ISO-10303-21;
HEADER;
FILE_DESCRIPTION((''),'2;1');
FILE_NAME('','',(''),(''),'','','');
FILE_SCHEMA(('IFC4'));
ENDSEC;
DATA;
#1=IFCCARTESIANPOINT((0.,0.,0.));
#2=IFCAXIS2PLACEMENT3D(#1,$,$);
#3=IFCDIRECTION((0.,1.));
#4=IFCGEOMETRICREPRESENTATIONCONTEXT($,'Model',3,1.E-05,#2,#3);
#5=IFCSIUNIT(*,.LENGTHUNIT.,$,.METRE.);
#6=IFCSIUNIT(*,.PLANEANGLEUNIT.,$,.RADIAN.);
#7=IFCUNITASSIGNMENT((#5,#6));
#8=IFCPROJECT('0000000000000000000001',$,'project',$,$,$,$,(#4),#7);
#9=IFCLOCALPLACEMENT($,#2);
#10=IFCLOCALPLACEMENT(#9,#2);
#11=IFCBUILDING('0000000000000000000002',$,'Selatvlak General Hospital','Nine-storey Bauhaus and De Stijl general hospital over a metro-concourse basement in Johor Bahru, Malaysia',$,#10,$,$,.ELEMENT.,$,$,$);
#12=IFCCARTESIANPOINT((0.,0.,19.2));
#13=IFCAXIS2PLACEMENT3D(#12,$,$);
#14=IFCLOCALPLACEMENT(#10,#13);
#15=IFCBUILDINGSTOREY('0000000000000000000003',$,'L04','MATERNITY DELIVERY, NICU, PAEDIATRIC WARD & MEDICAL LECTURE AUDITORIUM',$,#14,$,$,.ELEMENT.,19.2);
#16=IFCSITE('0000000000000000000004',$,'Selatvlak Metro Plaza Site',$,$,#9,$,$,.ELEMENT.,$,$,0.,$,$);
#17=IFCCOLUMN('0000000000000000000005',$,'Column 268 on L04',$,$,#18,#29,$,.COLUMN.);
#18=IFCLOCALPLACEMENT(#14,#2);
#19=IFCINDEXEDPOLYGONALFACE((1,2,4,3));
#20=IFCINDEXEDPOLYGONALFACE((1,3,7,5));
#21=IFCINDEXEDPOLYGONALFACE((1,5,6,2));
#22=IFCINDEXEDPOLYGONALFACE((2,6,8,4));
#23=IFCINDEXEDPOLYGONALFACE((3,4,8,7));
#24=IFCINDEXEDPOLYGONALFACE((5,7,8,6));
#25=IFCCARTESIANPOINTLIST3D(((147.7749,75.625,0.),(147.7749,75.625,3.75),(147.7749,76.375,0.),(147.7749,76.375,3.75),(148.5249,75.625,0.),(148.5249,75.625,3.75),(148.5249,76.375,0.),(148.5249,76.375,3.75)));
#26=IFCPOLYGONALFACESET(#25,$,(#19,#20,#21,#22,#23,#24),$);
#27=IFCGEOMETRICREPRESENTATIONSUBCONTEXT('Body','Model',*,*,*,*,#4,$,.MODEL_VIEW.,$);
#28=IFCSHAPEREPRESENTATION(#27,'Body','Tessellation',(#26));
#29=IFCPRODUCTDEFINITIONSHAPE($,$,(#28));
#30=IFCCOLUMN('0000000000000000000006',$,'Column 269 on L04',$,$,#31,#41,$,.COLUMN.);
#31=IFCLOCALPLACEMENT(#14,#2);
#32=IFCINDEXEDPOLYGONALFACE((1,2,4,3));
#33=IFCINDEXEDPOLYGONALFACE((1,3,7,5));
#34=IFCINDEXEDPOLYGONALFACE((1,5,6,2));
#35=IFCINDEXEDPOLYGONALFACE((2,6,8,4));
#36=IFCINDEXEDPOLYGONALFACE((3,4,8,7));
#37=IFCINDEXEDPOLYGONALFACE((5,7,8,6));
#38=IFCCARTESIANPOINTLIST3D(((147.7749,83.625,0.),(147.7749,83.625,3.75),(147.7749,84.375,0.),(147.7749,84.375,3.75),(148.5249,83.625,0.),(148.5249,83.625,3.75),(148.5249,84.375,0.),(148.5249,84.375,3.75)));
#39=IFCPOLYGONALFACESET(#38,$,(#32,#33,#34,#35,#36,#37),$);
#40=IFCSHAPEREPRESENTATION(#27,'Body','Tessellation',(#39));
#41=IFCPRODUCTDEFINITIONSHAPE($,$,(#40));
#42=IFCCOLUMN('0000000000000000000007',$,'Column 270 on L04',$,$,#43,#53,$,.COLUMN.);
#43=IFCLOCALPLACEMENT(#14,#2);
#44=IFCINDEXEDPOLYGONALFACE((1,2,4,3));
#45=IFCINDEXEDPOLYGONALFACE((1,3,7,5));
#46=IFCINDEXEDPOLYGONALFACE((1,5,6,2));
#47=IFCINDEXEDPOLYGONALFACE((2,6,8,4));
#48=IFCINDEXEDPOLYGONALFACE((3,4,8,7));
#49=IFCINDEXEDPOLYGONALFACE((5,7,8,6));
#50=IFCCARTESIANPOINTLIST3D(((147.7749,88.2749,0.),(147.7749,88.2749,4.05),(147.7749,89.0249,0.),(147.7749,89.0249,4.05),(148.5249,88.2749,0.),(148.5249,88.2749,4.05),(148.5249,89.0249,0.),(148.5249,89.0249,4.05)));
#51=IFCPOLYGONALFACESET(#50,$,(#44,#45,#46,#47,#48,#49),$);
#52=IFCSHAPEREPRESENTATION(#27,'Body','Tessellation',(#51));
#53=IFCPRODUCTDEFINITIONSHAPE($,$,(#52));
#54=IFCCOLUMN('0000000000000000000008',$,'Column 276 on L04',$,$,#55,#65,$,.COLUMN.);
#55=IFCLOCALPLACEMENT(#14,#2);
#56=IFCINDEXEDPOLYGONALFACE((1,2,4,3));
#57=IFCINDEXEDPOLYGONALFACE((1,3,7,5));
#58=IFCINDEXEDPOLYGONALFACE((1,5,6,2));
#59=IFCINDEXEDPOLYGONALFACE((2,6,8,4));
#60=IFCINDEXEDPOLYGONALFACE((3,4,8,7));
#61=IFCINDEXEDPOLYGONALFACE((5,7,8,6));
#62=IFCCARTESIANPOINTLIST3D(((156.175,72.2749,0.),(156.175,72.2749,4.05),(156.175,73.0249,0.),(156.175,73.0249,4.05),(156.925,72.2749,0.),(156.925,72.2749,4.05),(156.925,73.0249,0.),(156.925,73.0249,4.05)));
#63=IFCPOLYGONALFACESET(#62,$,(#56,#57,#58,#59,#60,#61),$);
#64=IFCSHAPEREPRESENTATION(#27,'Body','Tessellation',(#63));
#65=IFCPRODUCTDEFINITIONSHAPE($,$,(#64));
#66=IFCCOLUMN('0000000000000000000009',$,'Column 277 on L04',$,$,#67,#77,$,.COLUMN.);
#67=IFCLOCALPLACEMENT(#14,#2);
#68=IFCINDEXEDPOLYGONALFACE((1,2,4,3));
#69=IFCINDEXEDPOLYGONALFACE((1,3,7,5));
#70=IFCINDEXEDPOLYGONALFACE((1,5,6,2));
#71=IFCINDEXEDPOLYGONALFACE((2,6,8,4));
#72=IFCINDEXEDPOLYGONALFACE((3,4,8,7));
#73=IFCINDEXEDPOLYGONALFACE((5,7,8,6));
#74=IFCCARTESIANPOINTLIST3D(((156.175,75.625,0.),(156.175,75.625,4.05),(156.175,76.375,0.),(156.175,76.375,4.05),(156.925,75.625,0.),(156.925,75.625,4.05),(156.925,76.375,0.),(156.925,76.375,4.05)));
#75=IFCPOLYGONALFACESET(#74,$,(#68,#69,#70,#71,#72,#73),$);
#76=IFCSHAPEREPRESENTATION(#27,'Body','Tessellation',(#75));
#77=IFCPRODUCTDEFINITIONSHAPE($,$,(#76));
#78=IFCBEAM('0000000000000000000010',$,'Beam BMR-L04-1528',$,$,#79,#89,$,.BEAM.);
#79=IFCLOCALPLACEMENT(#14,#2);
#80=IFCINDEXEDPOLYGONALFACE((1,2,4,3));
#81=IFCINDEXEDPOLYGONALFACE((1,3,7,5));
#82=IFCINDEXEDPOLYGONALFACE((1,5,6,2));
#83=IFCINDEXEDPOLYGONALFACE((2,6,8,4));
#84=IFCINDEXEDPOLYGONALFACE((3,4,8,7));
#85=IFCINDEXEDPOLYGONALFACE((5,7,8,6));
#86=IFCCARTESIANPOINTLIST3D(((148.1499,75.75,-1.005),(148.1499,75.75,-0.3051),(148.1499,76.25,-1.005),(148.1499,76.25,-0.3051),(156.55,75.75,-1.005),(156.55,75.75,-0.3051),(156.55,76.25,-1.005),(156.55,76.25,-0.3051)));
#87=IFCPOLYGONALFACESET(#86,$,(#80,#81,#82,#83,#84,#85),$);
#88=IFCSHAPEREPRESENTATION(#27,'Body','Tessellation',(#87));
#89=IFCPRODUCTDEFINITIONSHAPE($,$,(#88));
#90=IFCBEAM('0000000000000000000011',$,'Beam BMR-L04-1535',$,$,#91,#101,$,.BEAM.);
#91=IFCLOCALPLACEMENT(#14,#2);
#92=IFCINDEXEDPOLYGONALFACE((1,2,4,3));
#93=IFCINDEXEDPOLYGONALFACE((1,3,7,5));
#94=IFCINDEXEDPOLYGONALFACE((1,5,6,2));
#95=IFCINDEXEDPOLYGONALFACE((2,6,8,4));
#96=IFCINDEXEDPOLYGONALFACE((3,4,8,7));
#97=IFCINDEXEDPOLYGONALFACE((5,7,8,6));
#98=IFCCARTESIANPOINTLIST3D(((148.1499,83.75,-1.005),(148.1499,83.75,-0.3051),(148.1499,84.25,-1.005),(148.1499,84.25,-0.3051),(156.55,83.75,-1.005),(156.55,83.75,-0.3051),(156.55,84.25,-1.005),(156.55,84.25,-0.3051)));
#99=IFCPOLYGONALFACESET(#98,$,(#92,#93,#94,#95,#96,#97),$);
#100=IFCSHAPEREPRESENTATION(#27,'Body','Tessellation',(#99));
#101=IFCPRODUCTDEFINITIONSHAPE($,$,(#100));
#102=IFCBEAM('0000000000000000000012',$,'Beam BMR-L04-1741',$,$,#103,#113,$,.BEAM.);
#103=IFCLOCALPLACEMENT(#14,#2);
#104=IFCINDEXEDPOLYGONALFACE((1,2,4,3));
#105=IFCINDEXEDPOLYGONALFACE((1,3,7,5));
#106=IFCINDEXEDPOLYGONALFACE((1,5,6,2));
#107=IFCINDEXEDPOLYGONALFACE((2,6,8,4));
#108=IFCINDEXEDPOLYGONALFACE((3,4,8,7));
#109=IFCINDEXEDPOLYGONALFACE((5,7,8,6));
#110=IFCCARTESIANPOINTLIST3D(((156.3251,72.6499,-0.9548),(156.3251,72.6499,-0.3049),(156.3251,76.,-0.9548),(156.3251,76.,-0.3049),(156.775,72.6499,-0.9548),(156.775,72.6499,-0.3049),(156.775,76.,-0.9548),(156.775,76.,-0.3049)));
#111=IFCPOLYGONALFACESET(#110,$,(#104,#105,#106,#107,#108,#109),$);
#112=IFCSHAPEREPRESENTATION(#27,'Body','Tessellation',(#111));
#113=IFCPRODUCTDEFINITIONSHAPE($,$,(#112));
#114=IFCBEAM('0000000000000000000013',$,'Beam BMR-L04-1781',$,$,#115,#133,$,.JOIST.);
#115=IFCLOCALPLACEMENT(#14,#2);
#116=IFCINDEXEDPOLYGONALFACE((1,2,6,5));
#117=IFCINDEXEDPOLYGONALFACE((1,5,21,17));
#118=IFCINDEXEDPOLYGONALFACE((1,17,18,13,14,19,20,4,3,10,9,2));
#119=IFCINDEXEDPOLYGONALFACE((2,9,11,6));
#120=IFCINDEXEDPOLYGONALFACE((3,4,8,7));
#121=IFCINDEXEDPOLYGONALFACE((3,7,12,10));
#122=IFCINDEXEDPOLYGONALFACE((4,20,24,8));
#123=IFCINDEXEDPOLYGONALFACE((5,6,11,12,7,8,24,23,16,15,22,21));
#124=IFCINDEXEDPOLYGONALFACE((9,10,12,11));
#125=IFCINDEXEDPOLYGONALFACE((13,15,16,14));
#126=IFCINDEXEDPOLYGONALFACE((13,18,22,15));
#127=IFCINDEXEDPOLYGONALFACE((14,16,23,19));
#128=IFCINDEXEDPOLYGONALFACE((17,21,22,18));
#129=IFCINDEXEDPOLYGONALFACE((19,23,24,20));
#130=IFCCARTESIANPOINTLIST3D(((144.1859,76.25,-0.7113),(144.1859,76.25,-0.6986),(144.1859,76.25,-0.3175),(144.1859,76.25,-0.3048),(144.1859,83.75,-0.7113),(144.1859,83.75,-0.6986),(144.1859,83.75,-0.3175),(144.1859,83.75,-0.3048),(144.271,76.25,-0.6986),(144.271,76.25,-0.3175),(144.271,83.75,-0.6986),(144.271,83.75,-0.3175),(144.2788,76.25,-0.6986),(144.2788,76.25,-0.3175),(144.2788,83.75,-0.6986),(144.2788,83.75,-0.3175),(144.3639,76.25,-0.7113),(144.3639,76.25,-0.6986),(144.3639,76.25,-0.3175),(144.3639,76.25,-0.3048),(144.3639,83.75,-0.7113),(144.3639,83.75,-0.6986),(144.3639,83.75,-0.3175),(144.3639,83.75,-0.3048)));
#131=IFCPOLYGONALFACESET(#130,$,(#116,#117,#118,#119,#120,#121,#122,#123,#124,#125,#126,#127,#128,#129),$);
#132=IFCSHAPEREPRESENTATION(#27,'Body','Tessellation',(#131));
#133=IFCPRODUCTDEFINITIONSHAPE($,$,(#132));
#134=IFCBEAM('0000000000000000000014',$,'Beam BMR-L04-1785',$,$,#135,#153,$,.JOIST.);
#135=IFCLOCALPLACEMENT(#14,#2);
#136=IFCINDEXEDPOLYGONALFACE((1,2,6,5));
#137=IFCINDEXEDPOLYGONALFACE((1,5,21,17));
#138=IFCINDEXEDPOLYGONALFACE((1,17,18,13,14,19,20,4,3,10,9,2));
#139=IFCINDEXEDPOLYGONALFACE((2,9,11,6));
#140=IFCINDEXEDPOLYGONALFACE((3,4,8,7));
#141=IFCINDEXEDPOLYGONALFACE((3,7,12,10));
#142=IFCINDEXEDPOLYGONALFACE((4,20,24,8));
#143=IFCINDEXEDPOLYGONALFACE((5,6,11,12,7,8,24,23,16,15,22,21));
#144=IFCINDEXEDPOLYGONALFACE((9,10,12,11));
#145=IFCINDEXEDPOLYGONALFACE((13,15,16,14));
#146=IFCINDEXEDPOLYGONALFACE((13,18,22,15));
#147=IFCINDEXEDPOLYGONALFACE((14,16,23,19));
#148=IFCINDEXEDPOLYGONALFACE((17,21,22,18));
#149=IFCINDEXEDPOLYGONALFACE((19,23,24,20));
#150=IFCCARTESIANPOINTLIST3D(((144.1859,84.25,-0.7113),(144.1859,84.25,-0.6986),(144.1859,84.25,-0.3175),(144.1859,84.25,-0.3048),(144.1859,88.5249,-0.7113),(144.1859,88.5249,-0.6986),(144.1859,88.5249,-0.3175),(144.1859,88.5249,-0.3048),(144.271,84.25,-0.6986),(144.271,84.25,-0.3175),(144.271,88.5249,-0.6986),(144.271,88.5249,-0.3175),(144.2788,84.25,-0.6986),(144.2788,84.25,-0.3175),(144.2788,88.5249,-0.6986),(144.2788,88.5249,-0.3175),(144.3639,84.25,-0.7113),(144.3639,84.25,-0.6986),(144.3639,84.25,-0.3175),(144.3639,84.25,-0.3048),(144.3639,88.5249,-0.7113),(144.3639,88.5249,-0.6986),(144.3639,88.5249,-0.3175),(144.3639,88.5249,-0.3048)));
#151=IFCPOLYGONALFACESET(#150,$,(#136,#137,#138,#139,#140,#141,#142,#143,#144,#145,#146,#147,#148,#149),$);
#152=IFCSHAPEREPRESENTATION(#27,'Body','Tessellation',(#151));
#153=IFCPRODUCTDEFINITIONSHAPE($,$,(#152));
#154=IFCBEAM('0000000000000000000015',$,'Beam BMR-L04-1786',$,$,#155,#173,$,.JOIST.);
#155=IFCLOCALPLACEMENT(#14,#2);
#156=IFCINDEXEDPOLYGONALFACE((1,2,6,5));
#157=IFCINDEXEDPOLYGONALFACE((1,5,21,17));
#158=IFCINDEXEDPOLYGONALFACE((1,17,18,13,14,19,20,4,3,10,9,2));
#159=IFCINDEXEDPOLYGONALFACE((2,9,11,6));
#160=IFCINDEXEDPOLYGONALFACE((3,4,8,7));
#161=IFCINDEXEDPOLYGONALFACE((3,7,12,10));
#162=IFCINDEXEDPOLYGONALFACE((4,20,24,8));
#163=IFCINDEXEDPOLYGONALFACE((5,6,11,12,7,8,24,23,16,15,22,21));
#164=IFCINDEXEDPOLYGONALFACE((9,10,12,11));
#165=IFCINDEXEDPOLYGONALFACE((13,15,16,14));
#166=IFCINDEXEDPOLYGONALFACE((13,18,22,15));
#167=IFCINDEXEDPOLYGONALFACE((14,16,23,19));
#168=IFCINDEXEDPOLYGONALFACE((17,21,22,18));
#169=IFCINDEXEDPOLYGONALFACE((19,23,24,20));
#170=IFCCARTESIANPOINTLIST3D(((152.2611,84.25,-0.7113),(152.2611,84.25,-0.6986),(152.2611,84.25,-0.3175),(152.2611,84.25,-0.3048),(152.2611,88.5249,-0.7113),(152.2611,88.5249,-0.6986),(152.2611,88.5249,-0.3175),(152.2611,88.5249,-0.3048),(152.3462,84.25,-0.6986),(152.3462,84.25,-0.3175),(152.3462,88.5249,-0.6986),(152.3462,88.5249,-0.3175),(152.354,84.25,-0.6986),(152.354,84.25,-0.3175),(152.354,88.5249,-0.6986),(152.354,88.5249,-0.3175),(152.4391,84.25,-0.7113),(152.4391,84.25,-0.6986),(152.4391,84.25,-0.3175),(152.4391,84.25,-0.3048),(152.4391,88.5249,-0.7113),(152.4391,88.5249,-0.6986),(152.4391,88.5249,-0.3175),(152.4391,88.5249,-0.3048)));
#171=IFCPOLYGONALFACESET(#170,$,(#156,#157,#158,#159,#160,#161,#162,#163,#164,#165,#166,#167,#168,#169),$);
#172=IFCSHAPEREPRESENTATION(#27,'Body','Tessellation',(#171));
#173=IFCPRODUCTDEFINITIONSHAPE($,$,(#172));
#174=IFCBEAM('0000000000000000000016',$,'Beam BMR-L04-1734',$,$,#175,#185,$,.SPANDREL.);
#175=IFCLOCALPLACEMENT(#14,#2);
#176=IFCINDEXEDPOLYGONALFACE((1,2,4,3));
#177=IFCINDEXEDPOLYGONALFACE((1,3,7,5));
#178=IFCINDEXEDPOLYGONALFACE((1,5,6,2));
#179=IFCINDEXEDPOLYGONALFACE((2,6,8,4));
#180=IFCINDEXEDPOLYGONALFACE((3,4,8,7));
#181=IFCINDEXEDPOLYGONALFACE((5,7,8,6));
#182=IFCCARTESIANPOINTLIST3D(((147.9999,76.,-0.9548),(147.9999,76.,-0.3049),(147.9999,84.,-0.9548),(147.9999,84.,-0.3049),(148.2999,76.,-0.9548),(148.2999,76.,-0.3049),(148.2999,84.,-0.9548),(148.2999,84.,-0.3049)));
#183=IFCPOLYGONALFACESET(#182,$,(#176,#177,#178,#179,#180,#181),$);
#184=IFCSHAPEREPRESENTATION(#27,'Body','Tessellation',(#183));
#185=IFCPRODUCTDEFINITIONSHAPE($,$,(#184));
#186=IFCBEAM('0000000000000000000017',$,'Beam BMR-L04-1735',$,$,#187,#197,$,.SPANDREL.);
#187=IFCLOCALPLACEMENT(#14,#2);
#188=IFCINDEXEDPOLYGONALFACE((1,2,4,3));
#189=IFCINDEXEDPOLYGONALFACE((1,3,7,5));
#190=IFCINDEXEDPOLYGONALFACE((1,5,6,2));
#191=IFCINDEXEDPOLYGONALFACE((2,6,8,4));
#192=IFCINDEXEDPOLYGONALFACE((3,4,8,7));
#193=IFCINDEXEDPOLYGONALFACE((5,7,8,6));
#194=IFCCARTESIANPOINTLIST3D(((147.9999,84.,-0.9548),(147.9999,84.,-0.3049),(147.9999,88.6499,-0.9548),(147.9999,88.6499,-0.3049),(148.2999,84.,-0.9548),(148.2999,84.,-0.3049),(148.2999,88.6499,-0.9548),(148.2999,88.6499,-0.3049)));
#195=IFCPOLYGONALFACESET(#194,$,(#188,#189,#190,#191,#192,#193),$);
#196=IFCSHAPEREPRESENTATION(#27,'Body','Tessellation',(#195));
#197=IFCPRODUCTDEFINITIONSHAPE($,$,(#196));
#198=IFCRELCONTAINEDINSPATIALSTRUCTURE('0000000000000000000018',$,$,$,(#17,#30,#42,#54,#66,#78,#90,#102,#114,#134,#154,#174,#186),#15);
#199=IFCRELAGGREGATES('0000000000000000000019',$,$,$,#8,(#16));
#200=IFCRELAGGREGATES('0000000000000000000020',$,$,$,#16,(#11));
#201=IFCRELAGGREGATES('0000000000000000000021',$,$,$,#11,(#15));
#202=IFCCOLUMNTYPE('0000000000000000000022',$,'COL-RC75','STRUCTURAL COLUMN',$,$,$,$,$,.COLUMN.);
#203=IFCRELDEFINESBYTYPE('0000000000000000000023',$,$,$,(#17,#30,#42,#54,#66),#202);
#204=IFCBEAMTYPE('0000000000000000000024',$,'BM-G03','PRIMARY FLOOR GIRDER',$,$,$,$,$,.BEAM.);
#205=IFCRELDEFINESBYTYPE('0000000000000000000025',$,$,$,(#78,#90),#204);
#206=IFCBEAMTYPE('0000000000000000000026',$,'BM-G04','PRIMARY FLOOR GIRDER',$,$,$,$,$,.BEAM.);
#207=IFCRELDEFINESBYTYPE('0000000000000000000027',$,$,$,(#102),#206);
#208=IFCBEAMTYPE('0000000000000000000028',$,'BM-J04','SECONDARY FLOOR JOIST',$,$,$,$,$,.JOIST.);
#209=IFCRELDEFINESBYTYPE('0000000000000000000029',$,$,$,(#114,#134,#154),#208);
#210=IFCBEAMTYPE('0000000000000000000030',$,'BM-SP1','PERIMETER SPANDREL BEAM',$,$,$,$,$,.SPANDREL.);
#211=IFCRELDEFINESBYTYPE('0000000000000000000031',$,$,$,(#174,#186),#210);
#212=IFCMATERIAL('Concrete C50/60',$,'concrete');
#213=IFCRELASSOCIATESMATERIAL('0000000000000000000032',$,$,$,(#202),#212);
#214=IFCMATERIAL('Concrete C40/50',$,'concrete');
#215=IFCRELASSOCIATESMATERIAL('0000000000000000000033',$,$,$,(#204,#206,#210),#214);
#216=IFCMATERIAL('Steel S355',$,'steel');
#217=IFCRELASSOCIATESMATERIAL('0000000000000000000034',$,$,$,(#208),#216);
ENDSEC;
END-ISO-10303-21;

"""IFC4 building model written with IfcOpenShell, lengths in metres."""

from ifc_helpers import new_model, si_unit, direction, frame, origin, origin_2d, place, context, subcontext, project, spatial, rectangle, i_section, extrude, material, material_profile, profile_set, type_object, element, save


model = new_model("IFC4")

# Units and contexts
model_context = context("Model", 3, precision=1e-05, world=origin(), true_north=direction((0.0, 1.0)))
body_context = subcontext(model_context, "Body", "Model", "MODEL_VIEW")
ifc_project = project(units=[si_unit("LENGTHUNIT", "METRE"), si_unit("PLANEANGLEUNIT", "RADIAN")], contexts=[model_context])

# Site, building, storey
site_placement = place(None, origin())
site = spatial("IfcSite", under=ifc_project, at=site_placement, Name="Selatvlak Metro Plaza Site", CompositionType="ELEMENT", RefElevation=0.0)
building_placement = place(site_placement, origin())
building = spatial("IfcBuilding", under=site, at=building_placement, Name="Selatvlak General Hospital", Description="Nine-storey Bauhaus and De Stijl general hospital over a metro-concourse basement in Johor Bahru, Malaysia", CompositionType="ELEMENT")
storey_placement = place(building_placement, frame((0.0, 0.0, 19.2)))
storey = spatial("IfcBuildingStorey", under=building, at=storey_placement, Name="L04", Description="MATERNITY DELIVERY, NICU, PAEDIATRIC WARD & MEDICAL LECTURE AUDITORIUM", CompositionType="ELEMENT", Elevation=19.2)

# Columns
ifc_material_1 = material(Name="Concrete C50/60", Category="concrete")
ifc_material_profile_1 = material_profile(ifc_material_1, rectangle(XDim=0.75, YDim=0.75, at=origin_2d()), Name="RC-COL 750x750")
ifc_profile_set_1 = profile_set([ifc_material_profile_1], Name="Concrete C50/60")
column_type = type_object("IfcColumnType", Name="COL-RC75", Description="STRUCTURAL COLUMN", PredefinedType="COLUMN", material=ifc_profile_set_1)
for number, where, z_axis, x_axis, name in (
    (1, (148.1499, 76.0, 0.0), (0.0, 0.0, 1.0), (1.0, 0.0, 0.0), "Column 268 on L04"),
    (2, (148.1499, 84.0, 0.0), (0.0, 0.0, 1.0), (1.0, 0.0, 0.0), "Column 269 on L04"),
):
    element("IfcColumn", number, at=place(storey_placement, frame(where, z_axis=z_axis, x_axis=x_axis)), inside=storey, type_object=column_type, Name=name, PredefinedType="COLUMN", context=body_context, shape_type="SweptSolid", body=[
        extrude(rectangle(XDim=0.75, YDim=0.75, at=origin_2d()), origin(), (0.0, 0.0, 1.0), 3.75),
    ])
for number, where, z_axis, x_axis, name in (
    (3, (148.1499, 88.6499, 0.0), (0.0, 0.0, 1.0), (1.0, 0.0, 0.0), "Column 270 on L04"),
    (4, (156.55, 72.6499, 0.0), (0.0, 0.0, 1.0), (1.0, 0.0, 0.0), "Column 276 on L04"),
    (5, (156.55, 76.0, 0.0), (0.0, 0.0, 1.0), (1.0, 0.0, 0.0), "Column 277 on L04"),
):
    element("IfcColumn", number, at=place(storey_placement, frame(where, z_axis=z_axis, x_axis=x_axis)), inside=storey, type_object=column_type, Name=name, PredefinedType="COLUMN", context=body_context, shape_type="SweptSolid", body=[
        extrude(rectangle(XDim=0.75, YDim=0.75, at=origin_2d()), origin(), (0.0, 0.0, 1.0), 4.05),
    ])

# Beams
ifc_material_2 = material(Name="Concrete C40/50", Category="concrete")
ifc_material_profile_2 = material_profile(ifc_material_2, rectangle(XDim=0.5, YDim=0.7, at=origin_2d()), Name="RC-BM 500x700")
ifc_profile_set_2 = profile_set([ifc_material_profile_2], Name="Concrete C40/50")
beam_type_1 = type_object("IfcBeamType", Name="BM-G03", Description="PRIMARY FLOOR GIRDER", PredefinedType="BEAM", material=ifc_profile_set_2)
for number, where, z_axis, x_axis, name in (
    (6, (148.1499, 76.0, -0.655), (1.0, 0.0, 0.0), (0.0, 1.0, 0.0), "Beam BMR-L04-1528"),
    (7, (148.1499, 84.0, -0.655), (1.0, 0.0, 0.0), (0.0, 1.0, 0.0), "Beam BMR-L04-1535"),
):
    element("IfcBeam", number, at=place(storey_placement, frame(where, z_axis=z_axis, x_axis=x_axis)), inside=storey, type_object=beam_type_1, Name=name, PredefinedType="BEAM", context=body_context, shape_type="SweptSolid", body=[
        extrude(rectangle(XDim=0.5, YDim=0.7, at=origin_2d()), origin(), (0.0, 0.0, 1.0), 8.4001),
    ])
ifc_material_profile_3 = material_profile(ifc_material_2, rectangle(XDim=0.45, YDim=0.6499, at=origin_2d()), Name="RC-BM 450x650")
ifc_profile_set_3 = profile_set([ifc_material_profile_3], Name="Concrete C40/50")
beam_type_2 = type_object("IfcBeamType", Name="BM-G04", Description="PRIMARY FLOOR GIRDER", PredefinedType="BEAM", material=ifc_profile_set_3)
beam_1_placement = place(storey_placement, frame((156.55, 72.6499, -0.6299), z_axis=(0.0, 1.0, 0.0), x_axis=(-1.0, 0.0, 0.0)))
element("IfcBeam", 8, at=beam_1_placement, inside=storey, type_object=beam_type_2, Name="Beam BMR-L04-1741", PredefinedType="BEAM", context=body_context, shape_type="SweptSolid", body=[
    extrude(rectangle(XDim=0.45, YDim=0.6499, at=origin_2d()), origin(), (0.0, 0.0, 1.0), 3.3501),
])
ifc_material_3 = material(Name="Steel S355", Category="steel")
ifc_material_profile_4 = material_profile(ifc_material_3, i_section(OverallWidth=0.178, OverallDepth=0.4065, WebThickness=0.0078, FlangeThickness=0.0127, at=origin_2d()), Name="UB 406x178x60")
ifc_profile_set_4 = profile_set([ifc_material_profile_4], Name="Steel S355")
beam_type_3 = type_object("IfcBeamType", Name="BM-J04", Description="SECONDARY FLOOR JOIST", PredefinedType="JOIST", material=ifc_profile_set_4)
beam_2_placement = place(storey_placement, frame((144.2749, 76.25, -0.5081), z_axis=(0.0, 1.0, 0.0), x_axis=(-1.0, 0.0, 0.0)))
element("IfcBeam", 9, at=beam_2_placement, inside=storey, type_object=beam_type_3, Name="Beam BMR-L04-1781", PredefinedType="JOIST", context=body_context, shape_type="SweptSolid", body=[
    extrude(i_section(OverallWidth=0.178, OverallDepth=0.4065, WebThickness=0.0078, FlangeThickness=0.0127, at=origin_2d()), origin(), (0.0, 0.0, 1.0), 7.5),
])
for number, where, z_axis, x_axis, name in (
    (10, (144.2749, 84.25, -0.5081), (0.0, 1.0, 0.0), (-1.0, 0.0, 0.0), "Beam BMR-L04-1785"),
    (11, (152.3501, 84.25, -0.5081), (0.0, 1.0, 0.0), (-1.0, 0.0, 0.0), "Beam BMR-L04-1786"),
):
    element("IfcBeam", number, at=place(storey_placement, frame(where, z_axis=z_axis, x_axis=x_axis)), inside=storey, type_object=beam_type_3, Name=name, PredefinedType="JOIST", context=body_context, shape_type="SweptSolid", body=[
        extrude(i_section(OverallWidth=0.178, OverallDepth=0.4065, WebThickness=0.0078, FlangeThickness=0.0127, at=origin_2d()), origin(), (0.0, 0.0, 1.0), 4.2749),
    ])
ifc_material_profile_5 = material_profile(ifc_material_2, rectangle(XDim=0.3, YDim=0.6499, at=origin_2d()), Name="RC-SP 300x650")
ifc_profile_set_5 = profile_set([ifc_material_profile_5], Name="Concrete C40/50")
beam_type_4 = type_object("IfcBeamType", Name="BM-SP1", Description="PERIMETER SPANDREL BEAM", PredefinedType="SPANDREL", material=ifc_profile_set_5)
beam_3_placement = place(storey_placement, frame((148.1499, 76.0, -0.6299), z_axis=(0.0, 1.0, 0.0), x_axis=(-1.0, 0.0, 0.0)))
element("IfcBeam", 12, at=beam_3_placement, inside=storey, type_object=beam_type_4, Name="Beam BMR-L04-1734", PredefinedType="SPANDREL", context=body_context, shape_type="SweptSolid", body=[
    extrude(rectangle(XDim=0.3, YDim=0.6499, at=origin_2d()), origin(), (0.0, 0.0, 1.0), 8.0),
])
beam_4_placement = place(storey_placement, frame((148.1499, 84.0, -0.6299), z_axis=(0.0, 1.0, 0.0), x_axis=(-1.0, 0.0, 0.0)))
element("IfcBeam", 13, at=beam_4_placement, inside=storey, type_object=beam_type_4, Name="Beam BMR-L04-1735", PredefinedType="SPANDREL", context=body_context, shape_type="SweptSolid", body=[
    extrude(rectangle(XDim=0.3, YDim=0.6499, at=origin_2d()), origin(), (0.0, 0.0, 1.0), 4.6499),
])

save(model, "model.ifc")
